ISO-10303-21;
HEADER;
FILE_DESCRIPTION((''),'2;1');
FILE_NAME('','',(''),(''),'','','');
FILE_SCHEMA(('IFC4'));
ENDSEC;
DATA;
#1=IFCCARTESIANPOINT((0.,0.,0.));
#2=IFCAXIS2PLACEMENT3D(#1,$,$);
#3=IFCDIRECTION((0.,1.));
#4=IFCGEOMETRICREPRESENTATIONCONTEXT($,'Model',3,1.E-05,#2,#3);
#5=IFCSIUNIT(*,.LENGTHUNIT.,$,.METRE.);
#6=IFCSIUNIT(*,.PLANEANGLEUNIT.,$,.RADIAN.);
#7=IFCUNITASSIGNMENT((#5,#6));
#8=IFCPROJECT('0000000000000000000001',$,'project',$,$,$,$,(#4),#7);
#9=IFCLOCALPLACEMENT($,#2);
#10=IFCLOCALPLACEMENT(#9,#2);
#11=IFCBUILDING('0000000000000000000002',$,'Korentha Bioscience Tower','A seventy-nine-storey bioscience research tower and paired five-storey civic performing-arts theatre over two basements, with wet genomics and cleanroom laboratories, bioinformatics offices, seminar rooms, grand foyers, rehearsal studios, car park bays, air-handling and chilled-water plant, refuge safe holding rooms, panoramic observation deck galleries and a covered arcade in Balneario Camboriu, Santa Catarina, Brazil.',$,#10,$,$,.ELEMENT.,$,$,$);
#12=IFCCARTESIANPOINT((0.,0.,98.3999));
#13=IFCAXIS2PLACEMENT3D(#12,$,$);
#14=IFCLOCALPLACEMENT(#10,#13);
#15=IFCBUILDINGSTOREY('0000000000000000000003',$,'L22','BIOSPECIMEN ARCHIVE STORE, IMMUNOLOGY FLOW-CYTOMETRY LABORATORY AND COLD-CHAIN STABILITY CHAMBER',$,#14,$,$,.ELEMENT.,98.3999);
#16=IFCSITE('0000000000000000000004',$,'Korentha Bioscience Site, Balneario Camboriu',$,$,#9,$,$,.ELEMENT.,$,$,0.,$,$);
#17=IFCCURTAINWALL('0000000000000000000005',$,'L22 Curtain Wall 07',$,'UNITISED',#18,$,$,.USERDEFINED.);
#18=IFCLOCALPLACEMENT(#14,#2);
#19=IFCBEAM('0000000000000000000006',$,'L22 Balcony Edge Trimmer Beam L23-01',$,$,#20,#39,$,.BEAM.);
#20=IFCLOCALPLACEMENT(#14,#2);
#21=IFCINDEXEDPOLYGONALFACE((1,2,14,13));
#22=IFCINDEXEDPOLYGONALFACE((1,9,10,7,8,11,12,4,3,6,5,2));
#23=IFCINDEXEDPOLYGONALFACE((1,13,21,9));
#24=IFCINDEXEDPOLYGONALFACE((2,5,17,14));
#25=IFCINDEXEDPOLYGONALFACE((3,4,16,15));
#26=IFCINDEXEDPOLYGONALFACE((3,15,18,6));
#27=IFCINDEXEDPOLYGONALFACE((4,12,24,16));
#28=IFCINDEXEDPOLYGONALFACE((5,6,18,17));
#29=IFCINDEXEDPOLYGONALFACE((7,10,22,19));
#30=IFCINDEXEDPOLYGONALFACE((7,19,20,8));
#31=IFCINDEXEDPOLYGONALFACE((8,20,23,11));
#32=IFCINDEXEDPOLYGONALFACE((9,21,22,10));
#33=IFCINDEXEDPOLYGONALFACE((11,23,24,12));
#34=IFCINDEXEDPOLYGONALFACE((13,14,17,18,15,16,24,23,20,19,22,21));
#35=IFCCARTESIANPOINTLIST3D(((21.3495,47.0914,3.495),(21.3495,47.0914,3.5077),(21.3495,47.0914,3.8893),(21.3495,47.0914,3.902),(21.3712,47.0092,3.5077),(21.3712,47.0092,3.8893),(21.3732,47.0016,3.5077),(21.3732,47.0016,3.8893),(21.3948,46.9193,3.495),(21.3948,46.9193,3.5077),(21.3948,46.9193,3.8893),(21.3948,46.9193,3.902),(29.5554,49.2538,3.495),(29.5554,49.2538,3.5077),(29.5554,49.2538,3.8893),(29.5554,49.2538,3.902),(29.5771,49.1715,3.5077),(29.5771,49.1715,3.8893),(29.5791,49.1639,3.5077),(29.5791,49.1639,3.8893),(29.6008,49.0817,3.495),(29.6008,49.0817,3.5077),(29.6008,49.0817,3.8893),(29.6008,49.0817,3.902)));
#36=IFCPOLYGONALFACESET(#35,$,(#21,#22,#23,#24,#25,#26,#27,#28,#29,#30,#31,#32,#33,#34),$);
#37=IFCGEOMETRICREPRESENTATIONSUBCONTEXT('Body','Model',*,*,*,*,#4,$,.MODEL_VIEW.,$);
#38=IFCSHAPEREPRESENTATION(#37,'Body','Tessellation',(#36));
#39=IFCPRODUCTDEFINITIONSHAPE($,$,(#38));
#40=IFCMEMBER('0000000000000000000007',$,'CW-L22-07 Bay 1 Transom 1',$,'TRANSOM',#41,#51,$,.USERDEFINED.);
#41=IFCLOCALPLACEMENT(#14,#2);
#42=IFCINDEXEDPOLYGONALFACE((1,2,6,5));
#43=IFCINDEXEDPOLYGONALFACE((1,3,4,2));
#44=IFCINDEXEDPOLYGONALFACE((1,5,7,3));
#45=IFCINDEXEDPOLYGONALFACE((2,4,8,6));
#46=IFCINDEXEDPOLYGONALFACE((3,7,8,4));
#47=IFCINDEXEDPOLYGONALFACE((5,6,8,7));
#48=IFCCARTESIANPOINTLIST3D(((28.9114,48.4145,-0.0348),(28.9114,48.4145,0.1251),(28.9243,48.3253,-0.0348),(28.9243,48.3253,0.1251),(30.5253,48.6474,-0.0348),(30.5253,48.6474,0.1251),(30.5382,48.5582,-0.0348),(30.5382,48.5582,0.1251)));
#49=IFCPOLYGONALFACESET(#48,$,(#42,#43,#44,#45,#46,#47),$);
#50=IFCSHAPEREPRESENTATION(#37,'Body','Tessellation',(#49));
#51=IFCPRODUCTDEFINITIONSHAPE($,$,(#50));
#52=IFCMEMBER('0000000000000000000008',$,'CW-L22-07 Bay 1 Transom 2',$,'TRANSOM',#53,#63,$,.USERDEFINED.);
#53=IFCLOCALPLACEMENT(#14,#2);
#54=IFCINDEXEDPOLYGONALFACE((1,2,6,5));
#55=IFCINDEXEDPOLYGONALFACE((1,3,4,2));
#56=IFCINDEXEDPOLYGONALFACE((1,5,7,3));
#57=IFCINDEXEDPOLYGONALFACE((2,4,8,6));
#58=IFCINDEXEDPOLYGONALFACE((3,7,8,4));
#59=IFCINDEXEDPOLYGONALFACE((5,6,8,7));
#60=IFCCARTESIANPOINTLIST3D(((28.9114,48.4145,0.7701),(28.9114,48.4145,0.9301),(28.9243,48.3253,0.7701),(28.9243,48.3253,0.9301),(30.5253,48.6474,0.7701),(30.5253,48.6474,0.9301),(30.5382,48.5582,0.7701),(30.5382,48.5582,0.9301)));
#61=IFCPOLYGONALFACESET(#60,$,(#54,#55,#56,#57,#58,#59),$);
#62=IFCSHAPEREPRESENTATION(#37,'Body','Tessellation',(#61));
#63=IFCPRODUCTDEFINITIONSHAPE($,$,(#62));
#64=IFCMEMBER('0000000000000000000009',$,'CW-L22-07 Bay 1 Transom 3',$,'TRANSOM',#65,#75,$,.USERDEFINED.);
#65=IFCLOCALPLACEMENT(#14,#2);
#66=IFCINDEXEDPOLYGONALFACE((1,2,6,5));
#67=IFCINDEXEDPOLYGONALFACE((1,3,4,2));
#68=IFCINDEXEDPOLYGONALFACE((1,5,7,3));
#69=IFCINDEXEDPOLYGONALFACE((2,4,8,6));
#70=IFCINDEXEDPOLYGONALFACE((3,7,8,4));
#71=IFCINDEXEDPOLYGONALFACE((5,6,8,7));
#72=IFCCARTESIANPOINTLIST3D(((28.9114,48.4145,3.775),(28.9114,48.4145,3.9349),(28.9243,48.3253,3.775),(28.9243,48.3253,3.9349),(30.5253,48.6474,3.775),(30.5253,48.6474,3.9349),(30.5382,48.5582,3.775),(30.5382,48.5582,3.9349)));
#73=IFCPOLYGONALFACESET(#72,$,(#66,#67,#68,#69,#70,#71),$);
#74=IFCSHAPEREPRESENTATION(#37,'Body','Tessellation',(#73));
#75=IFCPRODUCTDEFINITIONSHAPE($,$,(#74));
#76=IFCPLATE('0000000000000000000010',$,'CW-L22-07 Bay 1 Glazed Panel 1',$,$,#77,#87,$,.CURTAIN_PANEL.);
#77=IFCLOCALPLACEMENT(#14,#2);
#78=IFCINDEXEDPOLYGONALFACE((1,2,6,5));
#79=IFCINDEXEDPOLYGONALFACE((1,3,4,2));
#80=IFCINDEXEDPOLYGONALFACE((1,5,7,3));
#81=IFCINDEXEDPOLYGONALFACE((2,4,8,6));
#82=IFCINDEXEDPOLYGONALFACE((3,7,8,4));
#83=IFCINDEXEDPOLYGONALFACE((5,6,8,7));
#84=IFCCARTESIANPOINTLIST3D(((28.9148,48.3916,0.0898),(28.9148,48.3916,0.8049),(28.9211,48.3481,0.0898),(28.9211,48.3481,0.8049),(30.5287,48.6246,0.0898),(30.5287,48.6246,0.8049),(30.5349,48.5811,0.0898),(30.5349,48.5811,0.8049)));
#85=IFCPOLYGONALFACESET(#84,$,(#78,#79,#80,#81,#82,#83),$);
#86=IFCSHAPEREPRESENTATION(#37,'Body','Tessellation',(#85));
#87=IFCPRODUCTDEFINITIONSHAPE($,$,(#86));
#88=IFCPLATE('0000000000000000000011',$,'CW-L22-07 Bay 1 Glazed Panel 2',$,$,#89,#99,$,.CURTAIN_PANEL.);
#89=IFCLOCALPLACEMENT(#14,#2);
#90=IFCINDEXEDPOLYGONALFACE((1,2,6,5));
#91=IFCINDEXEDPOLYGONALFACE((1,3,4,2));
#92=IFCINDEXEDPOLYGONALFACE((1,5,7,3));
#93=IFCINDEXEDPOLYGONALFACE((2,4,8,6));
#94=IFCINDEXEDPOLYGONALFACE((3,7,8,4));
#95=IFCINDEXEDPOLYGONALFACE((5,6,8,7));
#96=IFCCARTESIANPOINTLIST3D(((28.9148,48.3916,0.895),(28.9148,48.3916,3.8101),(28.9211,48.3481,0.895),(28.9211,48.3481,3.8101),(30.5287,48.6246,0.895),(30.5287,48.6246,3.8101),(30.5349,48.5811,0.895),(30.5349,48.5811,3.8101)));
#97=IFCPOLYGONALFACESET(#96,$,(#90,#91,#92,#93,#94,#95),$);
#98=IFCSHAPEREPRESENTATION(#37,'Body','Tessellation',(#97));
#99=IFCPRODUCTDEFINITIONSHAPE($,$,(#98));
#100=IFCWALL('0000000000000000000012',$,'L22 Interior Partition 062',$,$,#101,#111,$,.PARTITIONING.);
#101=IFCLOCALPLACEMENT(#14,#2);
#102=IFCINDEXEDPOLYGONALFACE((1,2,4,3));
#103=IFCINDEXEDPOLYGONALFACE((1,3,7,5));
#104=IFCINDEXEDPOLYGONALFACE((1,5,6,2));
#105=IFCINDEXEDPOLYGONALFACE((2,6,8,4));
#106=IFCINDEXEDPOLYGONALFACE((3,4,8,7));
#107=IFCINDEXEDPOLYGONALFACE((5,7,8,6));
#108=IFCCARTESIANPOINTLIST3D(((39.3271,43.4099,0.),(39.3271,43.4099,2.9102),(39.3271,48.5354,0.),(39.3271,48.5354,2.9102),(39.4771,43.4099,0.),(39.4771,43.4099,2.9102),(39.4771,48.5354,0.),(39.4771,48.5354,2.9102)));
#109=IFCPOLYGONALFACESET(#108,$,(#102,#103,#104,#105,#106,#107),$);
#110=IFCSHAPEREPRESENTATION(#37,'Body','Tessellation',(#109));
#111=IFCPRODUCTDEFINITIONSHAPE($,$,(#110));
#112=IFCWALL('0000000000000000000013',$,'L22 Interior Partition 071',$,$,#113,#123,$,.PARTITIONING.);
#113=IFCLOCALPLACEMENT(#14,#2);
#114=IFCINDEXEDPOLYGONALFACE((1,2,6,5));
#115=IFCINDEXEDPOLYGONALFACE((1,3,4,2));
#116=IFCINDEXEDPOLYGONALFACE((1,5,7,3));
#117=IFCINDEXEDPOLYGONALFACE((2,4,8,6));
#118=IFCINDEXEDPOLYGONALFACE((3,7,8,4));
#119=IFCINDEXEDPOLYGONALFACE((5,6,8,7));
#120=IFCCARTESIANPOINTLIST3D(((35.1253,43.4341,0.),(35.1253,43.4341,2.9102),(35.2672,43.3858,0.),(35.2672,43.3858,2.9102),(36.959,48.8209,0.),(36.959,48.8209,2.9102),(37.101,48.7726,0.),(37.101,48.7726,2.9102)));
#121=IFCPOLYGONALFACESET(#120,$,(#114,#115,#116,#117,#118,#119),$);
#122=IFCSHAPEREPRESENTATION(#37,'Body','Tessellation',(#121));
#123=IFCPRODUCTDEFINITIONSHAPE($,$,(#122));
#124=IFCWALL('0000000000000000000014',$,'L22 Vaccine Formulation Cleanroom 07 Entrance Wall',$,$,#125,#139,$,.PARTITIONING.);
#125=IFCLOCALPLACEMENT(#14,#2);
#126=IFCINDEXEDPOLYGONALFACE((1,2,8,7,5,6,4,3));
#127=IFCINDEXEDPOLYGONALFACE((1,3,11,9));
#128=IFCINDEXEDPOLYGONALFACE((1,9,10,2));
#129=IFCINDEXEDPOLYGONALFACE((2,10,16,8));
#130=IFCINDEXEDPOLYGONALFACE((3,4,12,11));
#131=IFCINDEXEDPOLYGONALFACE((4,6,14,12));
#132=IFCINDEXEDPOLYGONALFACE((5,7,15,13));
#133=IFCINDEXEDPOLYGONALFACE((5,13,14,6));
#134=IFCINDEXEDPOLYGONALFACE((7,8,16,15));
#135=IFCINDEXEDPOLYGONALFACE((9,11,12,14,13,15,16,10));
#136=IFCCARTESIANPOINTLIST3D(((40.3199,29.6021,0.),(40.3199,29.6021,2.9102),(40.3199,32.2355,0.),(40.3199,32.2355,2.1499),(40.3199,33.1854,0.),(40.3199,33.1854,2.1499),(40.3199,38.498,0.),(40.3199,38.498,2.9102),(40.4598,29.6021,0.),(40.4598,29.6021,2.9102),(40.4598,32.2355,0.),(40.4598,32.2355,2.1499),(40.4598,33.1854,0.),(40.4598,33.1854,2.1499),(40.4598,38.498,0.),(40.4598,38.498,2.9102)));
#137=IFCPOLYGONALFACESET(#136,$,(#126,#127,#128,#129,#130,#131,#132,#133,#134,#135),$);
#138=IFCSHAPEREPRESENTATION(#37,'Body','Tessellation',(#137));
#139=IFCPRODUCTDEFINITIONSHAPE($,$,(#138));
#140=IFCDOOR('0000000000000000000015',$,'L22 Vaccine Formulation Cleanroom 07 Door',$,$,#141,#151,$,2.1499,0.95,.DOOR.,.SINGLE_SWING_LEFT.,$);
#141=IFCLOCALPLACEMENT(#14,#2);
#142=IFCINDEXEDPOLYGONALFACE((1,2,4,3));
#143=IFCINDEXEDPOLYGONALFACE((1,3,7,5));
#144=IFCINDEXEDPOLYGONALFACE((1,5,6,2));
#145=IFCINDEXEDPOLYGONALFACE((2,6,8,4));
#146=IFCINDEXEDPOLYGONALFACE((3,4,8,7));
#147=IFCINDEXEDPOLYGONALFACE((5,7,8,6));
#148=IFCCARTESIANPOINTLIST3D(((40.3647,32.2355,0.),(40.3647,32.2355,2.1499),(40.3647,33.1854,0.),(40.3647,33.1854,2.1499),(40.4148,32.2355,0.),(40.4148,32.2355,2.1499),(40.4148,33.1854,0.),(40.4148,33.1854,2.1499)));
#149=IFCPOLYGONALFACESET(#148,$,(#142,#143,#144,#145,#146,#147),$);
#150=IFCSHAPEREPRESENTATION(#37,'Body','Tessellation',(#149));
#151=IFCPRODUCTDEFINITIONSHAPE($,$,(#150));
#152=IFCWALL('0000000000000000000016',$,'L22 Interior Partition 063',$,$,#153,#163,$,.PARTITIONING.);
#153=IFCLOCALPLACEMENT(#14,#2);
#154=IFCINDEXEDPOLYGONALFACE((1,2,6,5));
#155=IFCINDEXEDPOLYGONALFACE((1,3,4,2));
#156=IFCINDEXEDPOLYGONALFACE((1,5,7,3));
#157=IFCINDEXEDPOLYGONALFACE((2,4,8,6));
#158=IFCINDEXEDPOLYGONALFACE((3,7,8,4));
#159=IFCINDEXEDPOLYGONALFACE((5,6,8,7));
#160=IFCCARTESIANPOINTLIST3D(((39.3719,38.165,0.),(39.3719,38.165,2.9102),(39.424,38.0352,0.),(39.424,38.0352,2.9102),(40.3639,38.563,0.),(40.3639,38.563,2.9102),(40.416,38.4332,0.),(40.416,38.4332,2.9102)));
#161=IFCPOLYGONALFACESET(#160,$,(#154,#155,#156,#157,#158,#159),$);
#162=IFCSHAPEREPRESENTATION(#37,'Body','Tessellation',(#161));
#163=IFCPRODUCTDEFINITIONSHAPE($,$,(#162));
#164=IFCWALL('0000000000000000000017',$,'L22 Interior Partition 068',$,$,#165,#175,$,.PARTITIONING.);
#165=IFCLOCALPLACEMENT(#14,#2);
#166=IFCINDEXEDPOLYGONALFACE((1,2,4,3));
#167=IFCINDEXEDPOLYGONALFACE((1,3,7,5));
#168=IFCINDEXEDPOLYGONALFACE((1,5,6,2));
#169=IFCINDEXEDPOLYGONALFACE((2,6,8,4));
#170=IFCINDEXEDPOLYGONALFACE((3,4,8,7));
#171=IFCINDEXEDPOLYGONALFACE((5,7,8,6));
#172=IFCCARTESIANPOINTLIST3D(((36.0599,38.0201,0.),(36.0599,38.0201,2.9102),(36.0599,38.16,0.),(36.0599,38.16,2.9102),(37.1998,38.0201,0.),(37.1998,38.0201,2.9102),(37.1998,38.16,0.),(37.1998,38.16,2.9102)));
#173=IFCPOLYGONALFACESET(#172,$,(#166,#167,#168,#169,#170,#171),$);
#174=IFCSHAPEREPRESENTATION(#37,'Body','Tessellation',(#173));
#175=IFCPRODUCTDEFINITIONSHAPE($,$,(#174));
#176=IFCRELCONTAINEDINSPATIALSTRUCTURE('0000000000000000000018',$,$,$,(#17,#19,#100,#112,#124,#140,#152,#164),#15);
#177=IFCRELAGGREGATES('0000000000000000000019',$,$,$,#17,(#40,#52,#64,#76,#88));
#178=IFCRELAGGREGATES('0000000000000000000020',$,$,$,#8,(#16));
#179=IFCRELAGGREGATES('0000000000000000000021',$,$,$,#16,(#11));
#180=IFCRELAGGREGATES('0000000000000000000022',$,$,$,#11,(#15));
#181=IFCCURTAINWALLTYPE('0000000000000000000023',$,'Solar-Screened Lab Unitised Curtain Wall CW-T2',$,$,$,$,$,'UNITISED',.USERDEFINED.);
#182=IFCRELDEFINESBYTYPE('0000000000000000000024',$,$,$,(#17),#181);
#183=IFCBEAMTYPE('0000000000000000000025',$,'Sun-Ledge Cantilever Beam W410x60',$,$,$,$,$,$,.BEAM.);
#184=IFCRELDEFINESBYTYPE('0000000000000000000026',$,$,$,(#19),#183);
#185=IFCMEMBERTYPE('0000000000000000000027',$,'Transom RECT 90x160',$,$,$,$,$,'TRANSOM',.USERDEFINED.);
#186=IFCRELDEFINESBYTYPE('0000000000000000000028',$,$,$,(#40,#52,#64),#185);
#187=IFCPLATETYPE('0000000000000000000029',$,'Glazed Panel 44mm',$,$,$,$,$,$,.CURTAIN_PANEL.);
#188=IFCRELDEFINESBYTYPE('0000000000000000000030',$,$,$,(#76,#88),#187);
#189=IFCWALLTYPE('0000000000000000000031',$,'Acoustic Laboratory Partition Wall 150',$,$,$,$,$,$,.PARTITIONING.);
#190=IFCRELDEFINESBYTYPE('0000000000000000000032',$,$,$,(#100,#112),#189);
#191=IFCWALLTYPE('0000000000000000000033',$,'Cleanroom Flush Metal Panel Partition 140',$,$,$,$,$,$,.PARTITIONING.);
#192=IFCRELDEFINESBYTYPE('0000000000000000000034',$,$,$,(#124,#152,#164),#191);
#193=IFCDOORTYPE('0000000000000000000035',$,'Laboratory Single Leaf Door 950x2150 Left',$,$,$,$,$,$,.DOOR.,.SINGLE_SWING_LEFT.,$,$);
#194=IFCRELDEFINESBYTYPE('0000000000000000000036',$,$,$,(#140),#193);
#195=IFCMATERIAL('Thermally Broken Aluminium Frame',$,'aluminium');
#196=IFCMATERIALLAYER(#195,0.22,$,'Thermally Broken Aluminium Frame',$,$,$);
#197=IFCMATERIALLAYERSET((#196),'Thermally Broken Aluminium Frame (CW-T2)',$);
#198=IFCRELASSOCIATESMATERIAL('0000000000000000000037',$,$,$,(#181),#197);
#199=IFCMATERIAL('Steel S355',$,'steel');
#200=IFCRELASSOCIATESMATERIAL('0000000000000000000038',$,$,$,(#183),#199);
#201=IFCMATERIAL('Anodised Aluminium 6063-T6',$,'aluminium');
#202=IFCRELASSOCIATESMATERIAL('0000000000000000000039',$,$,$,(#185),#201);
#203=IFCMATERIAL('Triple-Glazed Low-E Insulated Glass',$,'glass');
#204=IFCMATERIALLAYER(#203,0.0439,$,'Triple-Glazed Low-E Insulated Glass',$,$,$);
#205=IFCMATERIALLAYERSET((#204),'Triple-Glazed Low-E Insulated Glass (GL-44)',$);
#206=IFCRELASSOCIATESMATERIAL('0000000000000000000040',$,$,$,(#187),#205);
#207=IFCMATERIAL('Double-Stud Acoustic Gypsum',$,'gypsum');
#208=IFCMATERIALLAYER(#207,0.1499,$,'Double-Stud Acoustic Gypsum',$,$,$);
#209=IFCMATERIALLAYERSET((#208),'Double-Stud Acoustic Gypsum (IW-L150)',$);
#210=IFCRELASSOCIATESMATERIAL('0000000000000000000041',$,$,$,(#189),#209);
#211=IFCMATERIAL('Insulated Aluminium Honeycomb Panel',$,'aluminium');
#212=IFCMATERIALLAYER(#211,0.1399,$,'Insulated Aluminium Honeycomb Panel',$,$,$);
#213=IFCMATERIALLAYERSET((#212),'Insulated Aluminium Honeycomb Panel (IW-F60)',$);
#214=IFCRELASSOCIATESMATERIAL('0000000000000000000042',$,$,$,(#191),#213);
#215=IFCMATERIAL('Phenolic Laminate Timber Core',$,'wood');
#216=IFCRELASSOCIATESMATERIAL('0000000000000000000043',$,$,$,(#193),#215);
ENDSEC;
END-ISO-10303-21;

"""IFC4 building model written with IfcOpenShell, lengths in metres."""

from ifc_helpers import new_model, si_unit, direction, frame, frame_2d, origin, origin_2d, place, context, subcontext, project, spatial, rectangle, i_section, extrude, material, layer, layer_set, material_profile, profile_set, type_object, element, fill, aggregate, save


model = new_model("IFC4")

# Units and contexts
model_context = context("Model", 3, precision=1e-05, world=origin(), true_north=direction((0.0, 1.0)))
body_context = subcontext(model_context, "Body", "Model", "MODEL_VIEW")
ifc_project = project(units=[si_unit("LENGTHUNIT", "METRE"), si_unit("PLANEANGLEUNIT", "RADIAN")], contexts=[model_context])

# Site, building, storey
site_placement = place(None, origin())
site = spatial("IfcSite", under=ifc_project, at=site_placement, Name="Korentha Bioscience Site, Balneario Camboriu", CompositionType="ELEMENT", RefElevation=0.0)
building_placement = place(site_placement, origin())
building = spatial("IfcBuilding", under=site, at=building_placement, Name="Korentha Bioscience Tower", Description="A seventy-nine-storey bioscience research tower and paired five-storey civic performing-arts theatre over two basements, with wet genomics and cleanroom laboratories, bioinformatics offices, seminar rooms, grand foyers, rehearsal studios, car park bays, air-handling and chilled-water plant, refuge safe holding rooms, panoramic observation deck galleries and a covered arcade in Balneario Camboriu, Santa Catarina, Brazil.", CompositionType="ELEMENT")
storey_placement = place(building_placement, frame((0.0, 0.0, 98.3999)))
storey = spatial("IfcBuildingStorey", under=building, at=storey_placement, Name="L22", Description="BIOSPECIMEN ARCHIVE STORE, IMMUNOLOGY FLOW-CYTOMETRY LABORATORY AND COLD-CHAIN STABILITY CHAMBER", CompositionType="ELEMENT", Elevation=98.3999)

# Curtain wall
ifc_material_1 = material(Name="Thermally Broken Aluminium Frame", Category="aluminium")
ifc_layer_1 = layer(ifc_material_1, 0.22, Name="Thermally Broken Aluminium Frame")
ifc_layer_set_1 = layer_set([ifc_layer_1], Name="Thermally Broken Aluminium Frame (CW-T2)")
curtain_wall_type = type_object("IfcCurtainWallType", Name="Solar-Screened Lab Unitised Curtain Wall CW-T2", ElementType="UNITISED", PredefinedType="USERDEFINED", material=ifc_layer_set_1)
curtain_wall_placement = place(storey_placement, origin())
curtain_wall = element("IfcCurtainWall", 1, at=curtain_wall_placement, inside=storey, type_object=curtain_wall_type, Name="L22 Curtain Wall 07", ObjectType="UNITISED", PredefinedType="USERDEFINED")
ifc_material_2 = material(Name="Anodised Aluminium 6063-T6", Category="aluminium")

# Beam
ifc_material_3 = material(Name="Steel S355", Category="steel")
ifc_material_profile_1 = material_profile(ifc_material_3, i_section(OverallWidth=0.178, OverallDepth=0.407, WebThickness=0.0078, FlangeThickness=0.0127, at=origin_2d()), Name="Steel S355")
ifc_profile_set_1 = profile_set([ifc_material_profile_1], Name="Steel S355 (CB-410)")
beam_type_1 = type_object("IfcBeamType", Name="Sun-Ledge Cantilever Beam W410x60", PredefinedType="BEAM", material=ifc_profile_set_1)
beam_1_placement = place(storey_placement, frame((29.5781, 49.1677, 3.6985), z_axis=(-0.966991, -0.254809, 0.0), x_axis=(0.254809, -0.966991, 0.0)))
element("IfcBeam", 2, at=beam_1_placement, inside=storey, type_object=beam_type_1, Name="L22 Balcony Edge Trimmer Beam L23-01", PredefinedType="BEAM", context=body_context, shape_type="SweptSolid", body=[
    extrude(i_section(OverallWidth=0.178, OverallDepth=0.407, WebThickness=0.0078, FlangeThickness=0.0127, at=origin_2d()), origin(), (0.0, 0.0, 1.0), 8.4861),
])

# Members
ifc_material_profile_2 = material_profile(ifc_material_2, rectangle(XDim=0.0901, YDim=0.1599, at=origin_2d()), Name="Anodised Aluminium 6063-T6")
ifc_profile_set_2 = profile_set([ifc_material_profile_2], Name="Anodised Aluminium 6063-T6 (CW-TRN)")
member_type_1 = type_object("IfcMemberType", Name="Transom RECT 90x160", ElementType="TRANSOM", PredefinedType="USERDEFINED", material=ifc_profile_set_2)
member_1_placement = place(storey_placement, frame((30.5317, 48.6028, 0.0452), z_axis=(-0.989748, -0.142826, 0.0), x_axis=(0.142826, -0.989748, 0.0)))
member_1 = element("IfcMember", 3, at=member_1_placement, type_object=member_type_1, Name="CW-L22-07 Bay 1 Transom 1", ObjectType="TRANSOM", PredefinedType="USERDEFINED", context=body_context, shape_type="SweptSolid", body=[
    extrude(rectangle(XDim=0.0901, YDim=0.1599, at=origin_2d()), origin(), (0.0, 0.0, 1.0), 1.6306),
])
member_2_placement = place(storey_placement, frame((30.5317, 48.6028, 0.8501), z_axis=(-0.989748, -0.142826, 0.0), x_axis=(0.142826, -0.989748, 0.0)))
member_2 = element("IfcMember", 4, at=member_2_placement, type_object=member_type_1, Name="CW-L22-07 Bay 1 Transom 2", ObjectType="TRANSOM", PredefinedType="USERDEFINED", context=body_context, shape_type="SweptSolid", body=[
    extrude(rectangle(XDim=0.0901, YDim=0.1599, at=origin_2d()), origin(), (0.0, 0.0, 1.0), 1.6306),
])
member_3_placement = place(storey_placement, frame((30.5317, 48.6028, 3.855), z_axis=(-0.989748, -0.142826, 0.0), x_axis=(0.142826, -0.989748, 0.0)))
member_3 = element("IfcMember", 5, at=member_3_placement, type_object=member_type_1, Name="CW-L22-07 Bay 1 Transom 3", ObjectType="TRANSOM", PredefinedType="USERDEFINED", context=body_context, shape_type="SweptSolid", body=[
    extrude(rectangle(XDim=0.0901, YDim=0.1599, at=origin_2d()), origin(), (0.0, 0.0, 1.0), 1.6306),
])

# Plates
ifc_material_4 = material(Name="Triple-Glazed Low-E Insulated Glass", Category="glass")
ifc_layer_2 = layer(ifc_material_4, 0.0439, Name="Triple-Glazed Low-E Insulated Glass")
ifc_layer_set_2 = layer_set([ifc_layer_2], Name="Triple-Glazed Low-E Insulated Glass (GL-44)")
plate_type = type_object("IfcPlateType", Name="Glazed Panel 44mm", PredefinedType="CURTAIN_PANEL", material=ifc_layer_set_2)
plate_1_placement = place(storey_placement, frame((29.7249, 48.4863, 0.0898), z_axis=(0.0, 0.0, 1.0), x_axis=(-0.989738, -0.142892, 0.0)))
plate_1 = element("IfcPlate", 6, at=plate_1_placement, type_object=plate_type, Name="CW-L22-07 Bay 1 Glazed Panel 1", PredefinedType="CURTAIN_PANEL", context=body_context, shape_type="SweptSolid", body=[
    extrude(rectangle(XDim=1.6306, YDim=0.0439, at=origin_2d()), origin(), (0.0, 0.0, 1.0), 0.7151),
])
plate_2_placement = place(storey_placement, frame((29.7249, 48.4863, 0.895), z_axis=(0.0, 0.0, 1.0), x_axis=(-0.989738, -0.142892, 0.0)))
plate_2 = element("IfcPlate", 7, at=plate_2_placement, type_object=plate_type, Name="CW-L22-07 Bay 1 Glazed Panel 2", PredefinedType="CURTAIN_PANEL", context=body_context, shape_type="SweptSolid", body=[
    extrude(rectangle(XDim=1.6306, YDim=0.0439, at=origin_2d()), origin(), (0.0, 0.0, 1.0), 2.915),
])
aggregate(curtain_wall, [member_1, member_2, member_3, plate_1, plate_2])

# Shared definitions
ifc_material_5 = material(Name="Double-Stud Acoustic Gypsum", Category="gypsum")
ifc_layer_3 = layer(ifc_material_5, 0.1499, Name="Double-Stud Acoustic Gypsum")
ifc_layer_set_3 = layer_set([ifc_layer_3], Name="Double-Stud Acoustic Gypsum (IW-L150)")
wall_type_1 = type_object("IfcWallType", Name="Acoustic Laboratory Partition Wall 150", PredefinedType="PARTITIONING", material=ifc_layer_set_3)
ifc_material_6 = material(Name="Phenolic Laminate Timber Core", Category="wood")

# Walls
wall_1_placement = place(storey_placement, frame((39.4021, 43.4099, 0.0), z_axis=(0.0, 0.0, 1.0), x_axis=(0.0, 1.0, 0.0)))
element("IfcWall", 8, at=wall_1_placement, inside=storey, type_object=wall_type_1, Name="L22 Interior Partition 062", PredefinedType="PARTITIONING", context=body_context, shape_type="SweptSolid", body=[
    extrude(rectangle(XDim=5.1255, YDim=0.1499, at=frame_2d((2.5627, 0.0))), origin(), (0.0, 0.0, 1.0), 2.9102),
])
wall_2_placement = place(storey_placement, frame((35.1963, 43.4099, 0.0), z_axis=(0.0, 0.0, 1.0), x_axis=(0.322245, 0.946656, 0.0)))
element("IfcWall", 9, at=wall_2_placement, inside=storey, type_object=wall_type_1, Name="L22 Interior Partition 071", PredefinedType="PARTITIONING", context=body_context, shape_type="SweptSolid", body=[
    extrude(rectangle(XDim=5.6904, YDim=0.1499, at=frame_2d((2.8452, 0.0))), origin(), (0.0, 0.0, 1.0), 2.9102),
])

# Wall, opening, door
ifc_material_7 = material(Name="Insulated Aluminium Honeycomb Panel", Category="aluminium")
ifc_layer_4 = layer(ifc_material_7, 0.1399, Name="Insulated Aluminium Honeycomb Panel")
ifc_layer_set_4 = layer_set([ifc_layer_4], Name="Insulated Aluminium Honeycomb Panel (IW-F60)")
wall_type_2 = type_object("IfcWallType", Name="Cleanroom Flush Metal Panel Partition 140", PredefinedType="PARTITIONING", material=ifc_layer_set_4)
wall_3_placement = place(storey_placement, frame((40.3899, 38.498, 0.0), z_axis=(0.0, 0.0, 1.0), x_axis=(0.0, -1.0, 0.0)))
wall_3 = element("IfcWall", 10, at=wall_3_placement, inside=storey, type_object=wall_type_2, Name="L22 Vaccine Formulation Cleanroom 07 Entrance Wall", PredefinedType="PARTITIONING", context=body_context, shape_type="SweptSolid", body=[
    extrude(rectangle(XDim=8.896, YDim=0.1399, at=frame_2d((4.448, 0.0))), origin(), (0.0, 0.0, 1.0), 2.9102),
])
opening_1_placement = place(wall_3_placement, frame((5.3125, 0.0, 0.0)))
opening_1 = element("IfcOpeningElement", 11, at=opening_1_placement, cuts=wall_3, PredefinedType="OPENING", context=body_context, shape_type="SweptSolid", body=[
    extrude(rectangle(XDim=0.95, YDim=2.1499, at=frame_2d((0.4751, 1.075))), frame((0.0, 0.085, 0.0), z_axis=(0.0, -1.0, 0.0), x_axis=(1.0, 0.0, 0.0)), (0.0, 0.0, 1.0), 0.1697),
])
door_type_1 = type_object("IfcDoorType", Name="Laboratory Single Leaf Door 950x2150 Left", OperationType="SINGLE_SWING_LEFT", PredefinedType="DOOR", material=ifc_material_6)
door_1_placement = place(opening_1_placement, origin())
door_1 = element("IfcDoor", 12, at=door_1_placement, inside=storey, type_object=door_type_1, Name="L22 Vaccine Formulation Cleanroom 07 Door", OperationType="SINGLE_SWING_LEFT", OverallHeight=2.1499, OverallWidth=0.95, PredefinedType="DOOR", context=body_context, shape_type="SweptSolid", body=[
    extrude(rectangle(XDim=0.95, YDim=2.1499, at=frame_2d((0.4751, 1.075))), frame((0.0, 0.0249, 0.0), z_axis=(0.0, -1.0, 0.0), x_axis=(1.0, 0.0, 0.0)), (0.0, 0.0, 1.0), 0.05),
])
fill(opening_1, door_1)

# Walls
wall_4_placement = place(storey_placement, frame((39.3979, 38.1001, 0.0), z_axis=(0.0, 0.0, 1.0), x_axis=(0.928098, 0.372336, 0.0)))
element("IfcWall", 13, at=wall_4_placement, inside=storey, type_object=wall_type_2, Name="L22 Interior Partition 063", PredefinedType="PARTITIONING", context=body_context, shape_type="SweptSolid", body=[
    extrude(rectangle(XDim=1.0688, YDim=0.1399, at=frame_2d((0.5344, 0.0))), origin(), (0.0, 0.0, 1.0), 2.9102),
])
wall_5_placement = place(storey_placement, frame((36.0601, 38.0901, 0.0), z_axis=(0.0, 0.0, 1.0), x_axis=(1.0, 0.0, 0.0)))
element("IfcWall", 14, at=wall_5_placement, inside=storey, type_object=wall_type_2, Name="L22 Interior Partition 068", PredefinedType="PARTITIONING", context=body_context, shape_type="SweptSolid", body=[
    extrude(rectangle(XDim=1.1399, YDim=0.1399, at=frame_2d((0.5698, 0.0))), origin(), (0.0, 0.0, 1.0), 2.9102),
])

save(model, "model.ifc")
